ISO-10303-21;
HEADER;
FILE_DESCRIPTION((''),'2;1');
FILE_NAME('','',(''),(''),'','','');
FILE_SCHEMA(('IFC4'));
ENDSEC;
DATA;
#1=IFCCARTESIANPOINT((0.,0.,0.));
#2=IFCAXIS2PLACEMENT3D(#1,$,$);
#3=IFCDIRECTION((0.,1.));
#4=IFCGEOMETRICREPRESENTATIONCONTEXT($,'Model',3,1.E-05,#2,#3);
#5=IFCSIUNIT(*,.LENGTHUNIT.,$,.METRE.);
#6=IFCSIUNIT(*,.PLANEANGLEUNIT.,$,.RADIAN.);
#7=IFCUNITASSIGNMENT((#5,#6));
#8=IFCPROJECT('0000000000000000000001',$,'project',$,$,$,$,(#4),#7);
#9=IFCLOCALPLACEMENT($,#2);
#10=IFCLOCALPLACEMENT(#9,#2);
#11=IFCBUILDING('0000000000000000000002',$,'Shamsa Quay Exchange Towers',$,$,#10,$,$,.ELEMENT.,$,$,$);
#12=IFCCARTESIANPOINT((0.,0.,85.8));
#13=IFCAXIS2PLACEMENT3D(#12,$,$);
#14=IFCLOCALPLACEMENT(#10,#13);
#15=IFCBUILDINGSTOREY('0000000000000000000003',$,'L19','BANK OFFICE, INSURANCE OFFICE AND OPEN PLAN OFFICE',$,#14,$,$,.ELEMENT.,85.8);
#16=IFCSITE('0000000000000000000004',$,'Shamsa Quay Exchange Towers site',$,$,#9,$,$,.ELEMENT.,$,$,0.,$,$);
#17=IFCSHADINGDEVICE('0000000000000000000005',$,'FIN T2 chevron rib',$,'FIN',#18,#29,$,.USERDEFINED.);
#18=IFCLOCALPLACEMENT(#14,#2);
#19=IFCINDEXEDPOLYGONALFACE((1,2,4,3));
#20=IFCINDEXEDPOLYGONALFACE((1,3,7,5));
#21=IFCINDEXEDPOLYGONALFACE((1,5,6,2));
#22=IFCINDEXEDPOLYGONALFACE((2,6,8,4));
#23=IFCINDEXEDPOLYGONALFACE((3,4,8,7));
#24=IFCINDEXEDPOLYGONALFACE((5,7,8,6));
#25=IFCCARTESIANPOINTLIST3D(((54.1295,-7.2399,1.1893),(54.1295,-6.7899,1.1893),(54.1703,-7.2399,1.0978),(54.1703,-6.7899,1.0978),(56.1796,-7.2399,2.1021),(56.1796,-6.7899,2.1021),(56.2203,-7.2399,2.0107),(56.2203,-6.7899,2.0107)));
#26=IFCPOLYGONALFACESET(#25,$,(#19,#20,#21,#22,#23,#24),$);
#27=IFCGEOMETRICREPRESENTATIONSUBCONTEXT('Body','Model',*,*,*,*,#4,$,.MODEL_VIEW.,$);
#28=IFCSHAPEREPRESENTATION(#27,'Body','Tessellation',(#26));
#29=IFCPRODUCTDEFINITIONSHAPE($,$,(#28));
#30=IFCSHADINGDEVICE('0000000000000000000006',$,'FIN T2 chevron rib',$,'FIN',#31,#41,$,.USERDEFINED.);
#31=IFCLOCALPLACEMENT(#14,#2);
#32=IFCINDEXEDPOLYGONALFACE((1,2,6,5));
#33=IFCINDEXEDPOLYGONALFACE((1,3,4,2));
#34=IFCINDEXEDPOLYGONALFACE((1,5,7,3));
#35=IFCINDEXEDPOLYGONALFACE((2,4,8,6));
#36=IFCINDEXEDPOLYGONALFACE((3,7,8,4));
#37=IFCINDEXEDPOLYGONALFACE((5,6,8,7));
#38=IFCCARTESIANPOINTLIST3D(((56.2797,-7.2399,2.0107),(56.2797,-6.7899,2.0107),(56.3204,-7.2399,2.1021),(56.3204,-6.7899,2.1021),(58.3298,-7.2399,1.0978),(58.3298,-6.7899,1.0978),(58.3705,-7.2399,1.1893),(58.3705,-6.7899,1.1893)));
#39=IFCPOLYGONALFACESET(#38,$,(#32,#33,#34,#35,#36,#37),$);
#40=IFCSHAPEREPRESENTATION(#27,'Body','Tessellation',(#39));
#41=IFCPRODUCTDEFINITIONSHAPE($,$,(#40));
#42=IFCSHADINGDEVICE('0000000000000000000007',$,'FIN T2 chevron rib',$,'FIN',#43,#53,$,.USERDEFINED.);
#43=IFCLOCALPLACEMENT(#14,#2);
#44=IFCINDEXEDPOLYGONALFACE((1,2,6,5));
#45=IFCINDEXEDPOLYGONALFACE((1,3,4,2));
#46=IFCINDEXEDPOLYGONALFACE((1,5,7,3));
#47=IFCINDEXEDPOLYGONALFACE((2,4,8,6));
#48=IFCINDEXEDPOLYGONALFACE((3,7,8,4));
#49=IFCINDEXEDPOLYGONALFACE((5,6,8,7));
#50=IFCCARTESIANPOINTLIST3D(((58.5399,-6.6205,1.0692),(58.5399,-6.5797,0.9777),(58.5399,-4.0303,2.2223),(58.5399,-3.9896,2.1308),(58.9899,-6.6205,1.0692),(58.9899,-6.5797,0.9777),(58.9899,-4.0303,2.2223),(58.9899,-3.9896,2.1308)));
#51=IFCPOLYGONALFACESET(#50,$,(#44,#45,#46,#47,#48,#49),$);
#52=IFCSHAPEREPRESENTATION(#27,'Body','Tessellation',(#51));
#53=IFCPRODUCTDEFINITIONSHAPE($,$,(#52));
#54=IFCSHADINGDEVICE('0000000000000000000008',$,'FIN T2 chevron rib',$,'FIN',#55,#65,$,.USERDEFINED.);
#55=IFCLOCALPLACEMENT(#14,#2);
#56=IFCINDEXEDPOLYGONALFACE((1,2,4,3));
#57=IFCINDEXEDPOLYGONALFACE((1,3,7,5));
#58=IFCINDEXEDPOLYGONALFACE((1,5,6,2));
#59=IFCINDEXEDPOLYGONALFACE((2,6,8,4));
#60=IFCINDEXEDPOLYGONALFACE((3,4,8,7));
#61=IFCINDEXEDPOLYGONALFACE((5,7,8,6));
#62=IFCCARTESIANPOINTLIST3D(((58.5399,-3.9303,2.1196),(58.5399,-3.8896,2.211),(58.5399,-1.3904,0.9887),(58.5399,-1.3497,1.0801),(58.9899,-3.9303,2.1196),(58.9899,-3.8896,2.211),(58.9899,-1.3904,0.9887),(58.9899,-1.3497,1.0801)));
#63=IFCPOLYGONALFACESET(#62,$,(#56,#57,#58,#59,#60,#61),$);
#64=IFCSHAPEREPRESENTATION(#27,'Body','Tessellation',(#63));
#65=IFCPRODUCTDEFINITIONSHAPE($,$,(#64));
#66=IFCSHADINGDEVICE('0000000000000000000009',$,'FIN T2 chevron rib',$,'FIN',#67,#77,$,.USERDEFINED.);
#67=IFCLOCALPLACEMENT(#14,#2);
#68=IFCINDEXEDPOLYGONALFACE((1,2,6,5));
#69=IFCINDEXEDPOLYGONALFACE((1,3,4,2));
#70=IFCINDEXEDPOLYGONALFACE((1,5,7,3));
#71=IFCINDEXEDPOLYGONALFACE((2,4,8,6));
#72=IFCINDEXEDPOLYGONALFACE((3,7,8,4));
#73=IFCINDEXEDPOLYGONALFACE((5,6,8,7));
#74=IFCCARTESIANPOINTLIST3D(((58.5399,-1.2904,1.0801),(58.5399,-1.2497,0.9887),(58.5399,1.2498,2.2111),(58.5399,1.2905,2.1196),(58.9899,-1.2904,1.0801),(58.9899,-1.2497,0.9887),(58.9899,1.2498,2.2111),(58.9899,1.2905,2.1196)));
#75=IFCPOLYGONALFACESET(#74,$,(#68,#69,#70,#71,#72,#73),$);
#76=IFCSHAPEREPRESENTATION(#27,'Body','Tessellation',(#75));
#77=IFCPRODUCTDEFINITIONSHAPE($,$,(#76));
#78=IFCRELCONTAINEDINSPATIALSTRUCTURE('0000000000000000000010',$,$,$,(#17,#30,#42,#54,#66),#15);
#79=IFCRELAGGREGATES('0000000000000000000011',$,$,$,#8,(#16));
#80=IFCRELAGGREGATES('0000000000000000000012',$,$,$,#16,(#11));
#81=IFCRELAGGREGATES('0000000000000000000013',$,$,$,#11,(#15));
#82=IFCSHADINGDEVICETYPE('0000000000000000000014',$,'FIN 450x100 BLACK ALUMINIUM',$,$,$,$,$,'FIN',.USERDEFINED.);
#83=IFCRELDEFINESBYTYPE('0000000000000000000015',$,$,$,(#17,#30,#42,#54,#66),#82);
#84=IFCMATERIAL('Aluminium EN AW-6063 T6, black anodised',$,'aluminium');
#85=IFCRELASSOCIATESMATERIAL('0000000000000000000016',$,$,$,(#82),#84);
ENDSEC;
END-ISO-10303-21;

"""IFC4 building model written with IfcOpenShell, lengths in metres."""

from ifc_helpers import new_model, si_unit, direction, frame, origin, origin_2d, place, context, subcontext, project, spatial, rectangle, extrude, material, material_profile, profile_set, type_object, element, save


model = new_model("IFC4")

# Units and contexts
model_context = context("Model", 3, precision=1e-05, world=origin(), true_north=direction((0.0, 1.0)))
body_context = subcontext(model_context, "Body", "Model", "MODEL_VIEW")
ifc_project = project(units=[si_unit("LENGTHUNIT", "METRE"), si_unit("PLANEANGLEUNIT", "RADIAN")], contexts=[model_context])

# Site, building, storey
site_placement = place(None, origin())
site = spatial("IfcSite", under=ifc_project, at=site_placement, Name="Shamsa Quay Exchange Towers site", CompositionType="ELEMENT", RefElevation=0.0)
building_placement = place(site_placement, origin())
building = spatial("IfcBuilding", under=site, at=building_placement, Name="Shamsa Quay Exchange Towers", CompositionType="ELEMENT")
storey_placement = place(building_placement, frame((0.0, 0.0, 85.8)))
storey = spatial("IfcBuildingStorey", under=building, at=storey_placement, Name="L19", Description="BANK OFFICE, INSURANCE OFFICE AND OPEN PLAN OFFICE", CompositionType="ELEMENT", Elevation=85.8)

# Shared definitions
ifc_material_1 = material(Name="Aluminium EN AW-6063 T6, black anodised", Category="aluminium")

# Shading devices
ifc_material_profile_1 = material_profile(ifc_material_1, rectangle(XDim=0.45, YDim=0.1001, at=origin_2d()), Name="FIN450x100")
ifc_profile_set_1 = profile_set([ifc_material_profile_1], Name="Aluminium EN AW-6063 T6, black anodised")
shading_device_type = type_object("IfcShadingDeviceType", Name="FIN 450x100 BLACK ALUMINIUM", ElementType="FIN", PredefinedType="USERDEFINED", material=ifc_profile_set_1)
for number, where, z_axis, x_axis, name in (
    (1, (54.1499, -7.0149, 1.1436), (0.913529, 0.0, 0.406774), (0.0, 1.0, 0.0), "FIN T2 chevron rib"),
    (2, (56.3, -7.0149, 2.0564), (0.913529, 0.0, -0.406774), (0.0, 1.0, 0.0), "FIN T2 chevron rib"),
):
    element("IfcShadingDevice", number, at=place(storey_placement, frame(where, z_axis=z_axis, x_axis=x_axis)), inside=storey, type_object=shading_device_type, Name=name, ObjectType="FIN", PredefinedType="USERDEFINED", context=body_context, shape_type="SweptSolid", body=[
        extrude(rectangle(XDim=0.45, YDim=0.1001, at=origin_2d()), origin(), (0.0, 0.0, 1.0), 2.2441),
    ])
shading_device_1_placement = place(storey_placement, frame((58.7649, -6.6001, 1.0234), z_axis=(0.0, 0.913559, 0.406706), x_axis=(-1.0, 0.0, 0.0)))
element("IfcShadingDevice", 3, at=shading_device_1_placement, inside=storey, type_object=shading_device_type, Name="FIN T2 chevron rib", ObjectType="FIN", PredefinedType="USERDEFINED", context=body_context, shape_type="SweptSolid", body=[
    extrude(rectangle(XDim=0.45, YDim=0.1001, at=origin_2d()), origin(), (0.0, 0.0, 1.0), 2.8352),
])
shading_device_2_placement = place(storey_placement, frame((58.7649, -3.9099, 2.1653), z_axis=(0.0, 0.913536, -0.406758), x_axis=(-1.0, 0.0, 0.0)))
element("IfcShadingDevice", 4, at=shading_device_2_placement, inside=storey, type_object=shading_device_type, Name="FIN T2 chevron rib", ObjectType="FIN", PredefinedType="USERDEFINED", context=body_context, shape_type="SweptSolid", body=[
    extrude(rectangle(XDim=0.45, YDim=0.1001, at=origin_2d()), origin(), (0.0, 0.0, 1.0), 2.7803),
])
shading_device_3_placement = place(storey_placement, frame((58.7649, -1.27, 1.0344), z_axis=(0.0, 0.913551, 0.406725), x_axis=(-1.0, 0.0, 0.0)))
element("IfcShadingDevice", 5, at=shading_device_3_placement, inside=storey, type_object=shading_device_type, Name="FIN T2 chevron rib", ObjectType="FIN", PredefinedType="USERDEFINED", context=body_context, shape_type="SweptSolid", body=[
    extrude(rectangle(XDim=0.45, YDim=0.1001, at=origin_2d()), origin(), (0.0, 0.0, 1.0), 2.7805),
])

save(model, "model.ifc")
